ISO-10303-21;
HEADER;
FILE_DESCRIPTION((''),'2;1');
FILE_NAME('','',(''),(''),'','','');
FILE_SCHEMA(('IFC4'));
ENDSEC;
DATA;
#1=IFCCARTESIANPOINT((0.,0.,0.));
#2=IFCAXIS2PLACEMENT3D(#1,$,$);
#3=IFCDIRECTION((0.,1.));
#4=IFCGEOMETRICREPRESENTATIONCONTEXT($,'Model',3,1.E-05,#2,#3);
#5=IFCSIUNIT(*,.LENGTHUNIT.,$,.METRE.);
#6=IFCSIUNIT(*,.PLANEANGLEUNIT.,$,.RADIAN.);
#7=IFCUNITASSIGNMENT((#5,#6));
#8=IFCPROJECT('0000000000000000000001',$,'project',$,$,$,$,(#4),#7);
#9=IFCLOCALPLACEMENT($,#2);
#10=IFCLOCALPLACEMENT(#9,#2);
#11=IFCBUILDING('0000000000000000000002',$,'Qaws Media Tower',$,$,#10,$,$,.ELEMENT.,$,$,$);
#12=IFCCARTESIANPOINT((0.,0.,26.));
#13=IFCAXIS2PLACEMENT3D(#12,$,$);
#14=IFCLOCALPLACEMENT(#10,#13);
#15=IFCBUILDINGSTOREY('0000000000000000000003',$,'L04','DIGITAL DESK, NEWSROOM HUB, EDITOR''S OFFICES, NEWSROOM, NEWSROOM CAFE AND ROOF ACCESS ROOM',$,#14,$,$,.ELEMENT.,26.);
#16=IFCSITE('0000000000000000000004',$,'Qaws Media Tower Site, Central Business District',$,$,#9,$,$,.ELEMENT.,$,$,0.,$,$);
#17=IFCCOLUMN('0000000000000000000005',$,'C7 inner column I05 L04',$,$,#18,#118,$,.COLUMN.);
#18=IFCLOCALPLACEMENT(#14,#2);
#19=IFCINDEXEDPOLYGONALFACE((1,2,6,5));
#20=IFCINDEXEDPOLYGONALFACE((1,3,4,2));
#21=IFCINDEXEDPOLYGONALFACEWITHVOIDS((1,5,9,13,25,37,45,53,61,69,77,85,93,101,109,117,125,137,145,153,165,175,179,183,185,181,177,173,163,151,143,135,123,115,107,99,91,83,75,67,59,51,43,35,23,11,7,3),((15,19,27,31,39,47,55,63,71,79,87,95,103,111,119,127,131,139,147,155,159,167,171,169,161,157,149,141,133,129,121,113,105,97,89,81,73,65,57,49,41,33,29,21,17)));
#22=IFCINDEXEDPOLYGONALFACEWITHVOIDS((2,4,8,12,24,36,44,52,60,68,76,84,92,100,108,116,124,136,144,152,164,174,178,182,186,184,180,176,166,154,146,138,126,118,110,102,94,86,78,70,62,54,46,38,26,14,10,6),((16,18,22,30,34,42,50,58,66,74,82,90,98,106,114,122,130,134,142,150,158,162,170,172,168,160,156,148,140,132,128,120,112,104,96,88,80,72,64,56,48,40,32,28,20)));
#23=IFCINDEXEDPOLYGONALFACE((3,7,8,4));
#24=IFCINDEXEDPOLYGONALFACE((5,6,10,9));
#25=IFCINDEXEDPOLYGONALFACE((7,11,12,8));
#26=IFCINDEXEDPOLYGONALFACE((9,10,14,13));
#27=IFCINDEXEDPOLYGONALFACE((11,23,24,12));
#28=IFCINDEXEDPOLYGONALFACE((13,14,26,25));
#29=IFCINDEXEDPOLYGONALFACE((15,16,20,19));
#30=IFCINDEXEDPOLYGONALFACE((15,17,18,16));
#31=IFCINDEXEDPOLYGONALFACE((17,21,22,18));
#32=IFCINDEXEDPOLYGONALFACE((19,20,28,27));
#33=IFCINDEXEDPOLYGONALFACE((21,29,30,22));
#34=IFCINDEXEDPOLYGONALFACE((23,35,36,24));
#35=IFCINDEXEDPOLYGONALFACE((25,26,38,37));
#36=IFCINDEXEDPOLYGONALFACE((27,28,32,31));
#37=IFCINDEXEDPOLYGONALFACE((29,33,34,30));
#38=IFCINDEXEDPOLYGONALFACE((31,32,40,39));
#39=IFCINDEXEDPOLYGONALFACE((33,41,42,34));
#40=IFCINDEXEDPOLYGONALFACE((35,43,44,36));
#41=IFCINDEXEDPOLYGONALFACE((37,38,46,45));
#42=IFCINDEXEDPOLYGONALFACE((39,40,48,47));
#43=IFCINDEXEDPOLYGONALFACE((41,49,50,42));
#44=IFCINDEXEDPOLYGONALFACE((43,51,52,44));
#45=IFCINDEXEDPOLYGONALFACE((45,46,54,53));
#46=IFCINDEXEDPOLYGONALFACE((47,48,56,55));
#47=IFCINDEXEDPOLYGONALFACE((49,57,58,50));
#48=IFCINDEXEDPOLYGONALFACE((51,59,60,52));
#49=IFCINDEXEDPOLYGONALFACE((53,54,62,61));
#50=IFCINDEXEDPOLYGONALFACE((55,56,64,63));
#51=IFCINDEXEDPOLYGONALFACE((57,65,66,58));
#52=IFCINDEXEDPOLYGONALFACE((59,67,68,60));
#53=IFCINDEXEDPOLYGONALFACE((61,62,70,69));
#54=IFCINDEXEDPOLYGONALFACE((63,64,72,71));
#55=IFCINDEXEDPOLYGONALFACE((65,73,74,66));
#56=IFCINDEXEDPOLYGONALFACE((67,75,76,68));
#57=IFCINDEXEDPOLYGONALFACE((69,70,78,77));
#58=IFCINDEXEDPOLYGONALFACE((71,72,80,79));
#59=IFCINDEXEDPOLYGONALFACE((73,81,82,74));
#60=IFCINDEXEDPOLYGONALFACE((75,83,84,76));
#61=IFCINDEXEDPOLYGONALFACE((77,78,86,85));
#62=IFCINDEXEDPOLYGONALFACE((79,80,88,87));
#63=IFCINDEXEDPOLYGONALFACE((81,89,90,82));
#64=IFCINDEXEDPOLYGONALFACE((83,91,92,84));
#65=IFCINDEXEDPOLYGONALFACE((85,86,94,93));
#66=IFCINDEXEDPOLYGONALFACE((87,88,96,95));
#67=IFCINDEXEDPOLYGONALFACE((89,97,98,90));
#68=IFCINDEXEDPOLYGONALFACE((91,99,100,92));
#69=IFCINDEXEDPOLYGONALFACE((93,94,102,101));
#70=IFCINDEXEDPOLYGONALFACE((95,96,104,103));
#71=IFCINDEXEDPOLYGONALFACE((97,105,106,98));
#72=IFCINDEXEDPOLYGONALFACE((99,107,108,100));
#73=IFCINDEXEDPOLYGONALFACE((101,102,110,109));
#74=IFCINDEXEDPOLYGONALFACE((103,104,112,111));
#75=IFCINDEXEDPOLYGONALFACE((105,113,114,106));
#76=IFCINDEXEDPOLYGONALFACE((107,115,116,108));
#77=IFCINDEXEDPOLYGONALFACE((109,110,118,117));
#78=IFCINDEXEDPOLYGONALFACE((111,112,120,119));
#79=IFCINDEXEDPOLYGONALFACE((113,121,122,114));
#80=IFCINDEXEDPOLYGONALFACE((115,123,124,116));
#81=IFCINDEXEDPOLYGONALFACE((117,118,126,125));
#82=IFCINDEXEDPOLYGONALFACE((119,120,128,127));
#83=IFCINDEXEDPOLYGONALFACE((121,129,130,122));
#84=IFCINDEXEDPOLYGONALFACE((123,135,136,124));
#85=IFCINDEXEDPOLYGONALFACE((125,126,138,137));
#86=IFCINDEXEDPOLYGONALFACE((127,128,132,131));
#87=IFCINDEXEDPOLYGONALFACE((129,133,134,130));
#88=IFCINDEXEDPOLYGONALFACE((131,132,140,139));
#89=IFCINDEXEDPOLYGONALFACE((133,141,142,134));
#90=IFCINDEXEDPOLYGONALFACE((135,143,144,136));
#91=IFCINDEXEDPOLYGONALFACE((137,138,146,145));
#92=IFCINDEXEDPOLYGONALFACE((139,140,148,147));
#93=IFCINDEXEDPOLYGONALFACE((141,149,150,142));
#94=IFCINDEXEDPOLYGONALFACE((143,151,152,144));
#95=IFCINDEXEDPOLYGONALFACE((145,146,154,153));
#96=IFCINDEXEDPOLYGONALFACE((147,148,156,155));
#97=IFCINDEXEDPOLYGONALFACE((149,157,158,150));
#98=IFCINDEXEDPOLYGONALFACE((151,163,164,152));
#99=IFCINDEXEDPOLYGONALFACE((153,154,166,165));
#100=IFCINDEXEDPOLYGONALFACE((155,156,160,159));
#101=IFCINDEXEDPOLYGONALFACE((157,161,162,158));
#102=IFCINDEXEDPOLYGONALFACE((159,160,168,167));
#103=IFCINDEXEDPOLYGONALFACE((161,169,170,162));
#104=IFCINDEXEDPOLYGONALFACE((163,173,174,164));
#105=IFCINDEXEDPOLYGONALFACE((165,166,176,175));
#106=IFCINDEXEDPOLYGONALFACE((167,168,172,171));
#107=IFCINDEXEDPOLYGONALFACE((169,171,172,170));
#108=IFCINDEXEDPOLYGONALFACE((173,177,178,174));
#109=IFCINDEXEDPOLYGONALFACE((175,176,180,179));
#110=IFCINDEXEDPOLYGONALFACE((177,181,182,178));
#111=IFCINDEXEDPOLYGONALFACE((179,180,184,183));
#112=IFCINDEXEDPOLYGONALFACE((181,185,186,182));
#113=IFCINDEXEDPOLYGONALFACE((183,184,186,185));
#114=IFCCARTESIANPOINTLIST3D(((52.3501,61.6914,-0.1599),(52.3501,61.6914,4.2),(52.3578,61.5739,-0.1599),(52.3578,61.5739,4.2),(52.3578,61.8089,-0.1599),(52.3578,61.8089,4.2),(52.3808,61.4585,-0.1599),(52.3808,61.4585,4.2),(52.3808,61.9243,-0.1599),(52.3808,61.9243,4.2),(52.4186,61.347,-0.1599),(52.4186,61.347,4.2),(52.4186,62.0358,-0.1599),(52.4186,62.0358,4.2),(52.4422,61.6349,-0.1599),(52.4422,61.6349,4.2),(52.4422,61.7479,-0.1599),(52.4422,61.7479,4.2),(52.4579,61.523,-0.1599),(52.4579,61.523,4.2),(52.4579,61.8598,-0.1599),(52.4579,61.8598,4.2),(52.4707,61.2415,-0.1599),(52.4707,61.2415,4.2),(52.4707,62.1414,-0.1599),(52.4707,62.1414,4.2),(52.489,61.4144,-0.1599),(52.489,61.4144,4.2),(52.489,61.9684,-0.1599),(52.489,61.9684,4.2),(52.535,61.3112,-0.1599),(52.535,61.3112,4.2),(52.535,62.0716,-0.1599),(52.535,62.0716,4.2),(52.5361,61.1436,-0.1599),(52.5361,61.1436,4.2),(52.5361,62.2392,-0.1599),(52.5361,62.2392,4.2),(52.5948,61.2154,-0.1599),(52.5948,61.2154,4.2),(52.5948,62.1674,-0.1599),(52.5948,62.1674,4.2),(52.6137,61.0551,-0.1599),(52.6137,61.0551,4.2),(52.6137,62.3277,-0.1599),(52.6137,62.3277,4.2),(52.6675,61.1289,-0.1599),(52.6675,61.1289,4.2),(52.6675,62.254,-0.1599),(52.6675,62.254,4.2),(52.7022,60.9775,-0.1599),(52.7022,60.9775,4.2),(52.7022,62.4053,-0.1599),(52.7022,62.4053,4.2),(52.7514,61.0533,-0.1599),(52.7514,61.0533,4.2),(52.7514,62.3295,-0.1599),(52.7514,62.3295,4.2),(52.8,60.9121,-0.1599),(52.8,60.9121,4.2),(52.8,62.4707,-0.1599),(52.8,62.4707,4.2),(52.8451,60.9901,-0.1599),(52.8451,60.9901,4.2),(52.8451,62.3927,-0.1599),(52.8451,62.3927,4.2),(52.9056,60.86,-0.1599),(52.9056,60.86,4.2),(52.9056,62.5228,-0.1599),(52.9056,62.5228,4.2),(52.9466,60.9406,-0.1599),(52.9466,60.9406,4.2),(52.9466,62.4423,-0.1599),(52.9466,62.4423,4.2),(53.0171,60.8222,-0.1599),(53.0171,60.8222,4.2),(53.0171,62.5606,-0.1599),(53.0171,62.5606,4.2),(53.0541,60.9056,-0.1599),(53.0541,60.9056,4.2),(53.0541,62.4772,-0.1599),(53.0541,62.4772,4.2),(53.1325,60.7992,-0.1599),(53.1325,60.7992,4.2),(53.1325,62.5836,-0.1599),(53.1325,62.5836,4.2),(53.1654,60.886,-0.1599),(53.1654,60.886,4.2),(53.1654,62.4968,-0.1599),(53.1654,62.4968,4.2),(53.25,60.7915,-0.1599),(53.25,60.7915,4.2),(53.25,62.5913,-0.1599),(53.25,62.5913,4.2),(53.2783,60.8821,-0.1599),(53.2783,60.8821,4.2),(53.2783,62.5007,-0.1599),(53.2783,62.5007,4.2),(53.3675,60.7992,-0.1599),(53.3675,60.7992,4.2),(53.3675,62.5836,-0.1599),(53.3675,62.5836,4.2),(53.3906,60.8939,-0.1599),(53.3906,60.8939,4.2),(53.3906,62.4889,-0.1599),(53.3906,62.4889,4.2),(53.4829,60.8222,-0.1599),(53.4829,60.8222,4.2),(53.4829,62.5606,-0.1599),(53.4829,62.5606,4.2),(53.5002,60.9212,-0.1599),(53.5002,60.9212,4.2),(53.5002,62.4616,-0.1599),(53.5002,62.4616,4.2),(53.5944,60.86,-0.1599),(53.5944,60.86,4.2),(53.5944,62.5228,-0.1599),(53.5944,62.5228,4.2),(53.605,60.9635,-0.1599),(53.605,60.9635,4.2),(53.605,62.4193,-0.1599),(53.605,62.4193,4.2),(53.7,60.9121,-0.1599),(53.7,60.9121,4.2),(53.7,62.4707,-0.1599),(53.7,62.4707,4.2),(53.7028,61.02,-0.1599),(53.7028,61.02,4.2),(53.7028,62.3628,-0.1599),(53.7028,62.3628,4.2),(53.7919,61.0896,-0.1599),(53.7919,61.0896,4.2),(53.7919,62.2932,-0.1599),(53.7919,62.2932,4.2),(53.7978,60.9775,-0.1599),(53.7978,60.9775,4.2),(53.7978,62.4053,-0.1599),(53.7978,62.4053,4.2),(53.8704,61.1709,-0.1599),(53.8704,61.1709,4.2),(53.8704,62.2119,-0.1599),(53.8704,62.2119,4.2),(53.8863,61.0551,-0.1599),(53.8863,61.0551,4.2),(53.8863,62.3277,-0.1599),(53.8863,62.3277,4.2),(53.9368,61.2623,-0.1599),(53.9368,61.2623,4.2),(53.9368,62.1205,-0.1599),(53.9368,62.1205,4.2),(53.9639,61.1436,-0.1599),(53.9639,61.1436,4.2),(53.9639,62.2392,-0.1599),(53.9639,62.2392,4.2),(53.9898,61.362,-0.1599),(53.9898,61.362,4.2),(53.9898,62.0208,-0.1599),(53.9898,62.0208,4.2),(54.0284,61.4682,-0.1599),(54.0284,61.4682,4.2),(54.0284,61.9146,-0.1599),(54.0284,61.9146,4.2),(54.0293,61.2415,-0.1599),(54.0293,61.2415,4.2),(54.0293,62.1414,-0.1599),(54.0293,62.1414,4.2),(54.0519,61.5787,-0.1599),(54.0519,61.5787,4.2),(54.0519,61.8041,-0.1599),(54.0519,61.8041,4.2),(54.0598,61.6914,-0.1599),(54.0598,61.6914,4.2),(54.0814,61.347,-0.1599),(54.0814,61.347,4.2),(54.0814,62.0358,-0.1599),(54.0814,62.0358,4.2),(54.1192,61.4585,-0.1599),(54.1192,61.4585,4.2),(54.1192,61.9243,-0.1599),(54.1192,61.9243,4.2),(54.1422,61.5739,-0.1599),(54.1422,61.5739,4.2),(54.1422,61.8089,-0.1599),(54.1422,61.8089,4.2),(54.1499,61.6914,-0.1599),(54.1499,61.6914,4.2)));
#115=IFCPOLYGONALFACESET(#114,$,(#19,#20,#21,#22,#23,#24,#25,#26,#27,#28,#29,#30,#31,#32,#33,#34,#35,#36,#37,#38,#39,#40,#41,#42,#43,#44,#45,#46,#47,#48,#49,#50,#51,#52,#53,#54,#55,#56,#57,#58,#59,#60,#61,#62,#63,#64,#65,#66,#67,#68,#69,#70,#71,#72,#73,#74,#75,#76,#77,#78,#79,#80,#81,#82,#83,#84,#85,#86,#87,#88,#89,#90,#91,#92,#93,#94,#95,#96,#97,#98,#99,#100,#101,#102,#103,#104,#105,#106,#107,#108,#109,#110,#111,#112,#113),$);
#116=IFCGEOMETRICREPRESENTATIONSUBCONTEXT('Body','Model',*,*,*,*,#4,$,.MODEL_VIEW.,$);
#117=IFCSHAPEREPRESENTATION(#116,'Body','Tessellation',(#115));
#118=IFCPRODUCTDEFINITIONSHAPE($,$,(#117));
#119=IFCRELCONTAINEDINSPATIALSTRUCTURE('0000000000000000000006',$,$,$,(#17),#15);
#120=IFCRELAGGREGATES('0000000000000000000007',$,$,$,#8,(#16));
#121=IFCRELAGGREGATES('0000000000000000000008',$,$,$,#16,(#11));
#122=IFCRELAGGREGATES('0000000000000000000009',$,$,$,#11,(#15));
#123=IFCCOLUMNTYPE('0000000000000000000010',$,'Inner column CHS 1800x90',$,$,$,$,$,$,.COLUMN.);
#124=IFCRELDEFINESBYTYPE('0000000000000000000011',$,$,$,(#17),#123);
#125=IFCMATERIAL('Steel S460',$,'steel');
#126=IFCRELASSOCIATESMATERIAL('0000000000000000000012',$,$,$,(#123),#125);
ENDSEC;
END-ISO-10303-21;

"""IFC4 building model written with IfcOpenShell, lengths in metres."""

from ifc_helpers import new_model, si_unit, direction, frame, origin, origin_2d, place, context, subcontext, project, spatial, hollow_circle, extrude, material, material_profile, profile_set, type_object, element, save


model = new_model("IFC4")

# Units and contexts
model_context = context("Model", 3, precision=1e-05, world=origin(), true_north=direction((0.0, 1.0)))
body_context = subcontext(model_context, "Body", "Model", "MODEL_VIEW")
ifc_project = project(units=[si_unit("LENGTHUNIT", "METRE"), si_unit("PLANEANGLEUNIT", "RADIAN")], contexts=[model_context])

# Site, building, storey
site_placement = place(None, origin())
site = spatial("IfcSite", under=ifc_project, at=site_placement, Name="Qaws Media Tower Site, Central Business District", CompositionType="ELEMENT", RefElevation=0.0)
building_placement = place(site_placement, origin())
building = spatial("IfcBuilding", under=site, at=building_placement, Name="Qaws Media Tower", CompositionType="ELEMENT")
storey_placement = place(building_placement, frame((0.0, 0.0, 26.0)))
storey = spatial("IfcBuildingStorey", under=building, at=storey_placement, Name="L04", Description="DIGITAL DESK, NEWSROOM HUB, EDITOR'S OFFICES, NEWSROOM, NEWSROOM CAFE AND ROOF ACCESS ROOM", CompositionType="ELEMENT", Elevation=26.0)

# Column
ifc_material_1 = material(Name="Steel S460", Category="steel")
ifc_material_profile_1 = material_profile(ifc_material_1, hollow_circle(Radius=0.8999, WallThickness=0.0901, at=origin_2d()), Name="CHS 1800x90")
ifc_profile_set_1 = profile_set([ifc_material_profile_1], Name="Steel S460")
column_type = type_object("IfcColumnType", Name="Inner column CHS 1800x90", PredefinedType="COLUMN", material=ifc_profile_set_1)
for number, where, z_axis, x_axis, name in (
    (1, (53.25, 61.6914, -0.1599), (0.0, 0.0, 1.0), (1.0, 0.0, 0.0), "C7 inner column I05 L04"),
):
    element("IfcColumn", number, at=place(storey_placement, frame(where, z_axis=z_axis, x_axis=x_axis)), inside=storey, type_object=column_type, Name=name, PredefinedType="COLUMN", context=body_context, shape_type="SweptSolid", body=[
        extrude(hollow_circle(Radius=0.8999, WallThickness=0.0901, at=origin_2d()), origin(), (0.0, 0.0, 1.0), 4.3599),
    ])

save(model, "model.ifc")
